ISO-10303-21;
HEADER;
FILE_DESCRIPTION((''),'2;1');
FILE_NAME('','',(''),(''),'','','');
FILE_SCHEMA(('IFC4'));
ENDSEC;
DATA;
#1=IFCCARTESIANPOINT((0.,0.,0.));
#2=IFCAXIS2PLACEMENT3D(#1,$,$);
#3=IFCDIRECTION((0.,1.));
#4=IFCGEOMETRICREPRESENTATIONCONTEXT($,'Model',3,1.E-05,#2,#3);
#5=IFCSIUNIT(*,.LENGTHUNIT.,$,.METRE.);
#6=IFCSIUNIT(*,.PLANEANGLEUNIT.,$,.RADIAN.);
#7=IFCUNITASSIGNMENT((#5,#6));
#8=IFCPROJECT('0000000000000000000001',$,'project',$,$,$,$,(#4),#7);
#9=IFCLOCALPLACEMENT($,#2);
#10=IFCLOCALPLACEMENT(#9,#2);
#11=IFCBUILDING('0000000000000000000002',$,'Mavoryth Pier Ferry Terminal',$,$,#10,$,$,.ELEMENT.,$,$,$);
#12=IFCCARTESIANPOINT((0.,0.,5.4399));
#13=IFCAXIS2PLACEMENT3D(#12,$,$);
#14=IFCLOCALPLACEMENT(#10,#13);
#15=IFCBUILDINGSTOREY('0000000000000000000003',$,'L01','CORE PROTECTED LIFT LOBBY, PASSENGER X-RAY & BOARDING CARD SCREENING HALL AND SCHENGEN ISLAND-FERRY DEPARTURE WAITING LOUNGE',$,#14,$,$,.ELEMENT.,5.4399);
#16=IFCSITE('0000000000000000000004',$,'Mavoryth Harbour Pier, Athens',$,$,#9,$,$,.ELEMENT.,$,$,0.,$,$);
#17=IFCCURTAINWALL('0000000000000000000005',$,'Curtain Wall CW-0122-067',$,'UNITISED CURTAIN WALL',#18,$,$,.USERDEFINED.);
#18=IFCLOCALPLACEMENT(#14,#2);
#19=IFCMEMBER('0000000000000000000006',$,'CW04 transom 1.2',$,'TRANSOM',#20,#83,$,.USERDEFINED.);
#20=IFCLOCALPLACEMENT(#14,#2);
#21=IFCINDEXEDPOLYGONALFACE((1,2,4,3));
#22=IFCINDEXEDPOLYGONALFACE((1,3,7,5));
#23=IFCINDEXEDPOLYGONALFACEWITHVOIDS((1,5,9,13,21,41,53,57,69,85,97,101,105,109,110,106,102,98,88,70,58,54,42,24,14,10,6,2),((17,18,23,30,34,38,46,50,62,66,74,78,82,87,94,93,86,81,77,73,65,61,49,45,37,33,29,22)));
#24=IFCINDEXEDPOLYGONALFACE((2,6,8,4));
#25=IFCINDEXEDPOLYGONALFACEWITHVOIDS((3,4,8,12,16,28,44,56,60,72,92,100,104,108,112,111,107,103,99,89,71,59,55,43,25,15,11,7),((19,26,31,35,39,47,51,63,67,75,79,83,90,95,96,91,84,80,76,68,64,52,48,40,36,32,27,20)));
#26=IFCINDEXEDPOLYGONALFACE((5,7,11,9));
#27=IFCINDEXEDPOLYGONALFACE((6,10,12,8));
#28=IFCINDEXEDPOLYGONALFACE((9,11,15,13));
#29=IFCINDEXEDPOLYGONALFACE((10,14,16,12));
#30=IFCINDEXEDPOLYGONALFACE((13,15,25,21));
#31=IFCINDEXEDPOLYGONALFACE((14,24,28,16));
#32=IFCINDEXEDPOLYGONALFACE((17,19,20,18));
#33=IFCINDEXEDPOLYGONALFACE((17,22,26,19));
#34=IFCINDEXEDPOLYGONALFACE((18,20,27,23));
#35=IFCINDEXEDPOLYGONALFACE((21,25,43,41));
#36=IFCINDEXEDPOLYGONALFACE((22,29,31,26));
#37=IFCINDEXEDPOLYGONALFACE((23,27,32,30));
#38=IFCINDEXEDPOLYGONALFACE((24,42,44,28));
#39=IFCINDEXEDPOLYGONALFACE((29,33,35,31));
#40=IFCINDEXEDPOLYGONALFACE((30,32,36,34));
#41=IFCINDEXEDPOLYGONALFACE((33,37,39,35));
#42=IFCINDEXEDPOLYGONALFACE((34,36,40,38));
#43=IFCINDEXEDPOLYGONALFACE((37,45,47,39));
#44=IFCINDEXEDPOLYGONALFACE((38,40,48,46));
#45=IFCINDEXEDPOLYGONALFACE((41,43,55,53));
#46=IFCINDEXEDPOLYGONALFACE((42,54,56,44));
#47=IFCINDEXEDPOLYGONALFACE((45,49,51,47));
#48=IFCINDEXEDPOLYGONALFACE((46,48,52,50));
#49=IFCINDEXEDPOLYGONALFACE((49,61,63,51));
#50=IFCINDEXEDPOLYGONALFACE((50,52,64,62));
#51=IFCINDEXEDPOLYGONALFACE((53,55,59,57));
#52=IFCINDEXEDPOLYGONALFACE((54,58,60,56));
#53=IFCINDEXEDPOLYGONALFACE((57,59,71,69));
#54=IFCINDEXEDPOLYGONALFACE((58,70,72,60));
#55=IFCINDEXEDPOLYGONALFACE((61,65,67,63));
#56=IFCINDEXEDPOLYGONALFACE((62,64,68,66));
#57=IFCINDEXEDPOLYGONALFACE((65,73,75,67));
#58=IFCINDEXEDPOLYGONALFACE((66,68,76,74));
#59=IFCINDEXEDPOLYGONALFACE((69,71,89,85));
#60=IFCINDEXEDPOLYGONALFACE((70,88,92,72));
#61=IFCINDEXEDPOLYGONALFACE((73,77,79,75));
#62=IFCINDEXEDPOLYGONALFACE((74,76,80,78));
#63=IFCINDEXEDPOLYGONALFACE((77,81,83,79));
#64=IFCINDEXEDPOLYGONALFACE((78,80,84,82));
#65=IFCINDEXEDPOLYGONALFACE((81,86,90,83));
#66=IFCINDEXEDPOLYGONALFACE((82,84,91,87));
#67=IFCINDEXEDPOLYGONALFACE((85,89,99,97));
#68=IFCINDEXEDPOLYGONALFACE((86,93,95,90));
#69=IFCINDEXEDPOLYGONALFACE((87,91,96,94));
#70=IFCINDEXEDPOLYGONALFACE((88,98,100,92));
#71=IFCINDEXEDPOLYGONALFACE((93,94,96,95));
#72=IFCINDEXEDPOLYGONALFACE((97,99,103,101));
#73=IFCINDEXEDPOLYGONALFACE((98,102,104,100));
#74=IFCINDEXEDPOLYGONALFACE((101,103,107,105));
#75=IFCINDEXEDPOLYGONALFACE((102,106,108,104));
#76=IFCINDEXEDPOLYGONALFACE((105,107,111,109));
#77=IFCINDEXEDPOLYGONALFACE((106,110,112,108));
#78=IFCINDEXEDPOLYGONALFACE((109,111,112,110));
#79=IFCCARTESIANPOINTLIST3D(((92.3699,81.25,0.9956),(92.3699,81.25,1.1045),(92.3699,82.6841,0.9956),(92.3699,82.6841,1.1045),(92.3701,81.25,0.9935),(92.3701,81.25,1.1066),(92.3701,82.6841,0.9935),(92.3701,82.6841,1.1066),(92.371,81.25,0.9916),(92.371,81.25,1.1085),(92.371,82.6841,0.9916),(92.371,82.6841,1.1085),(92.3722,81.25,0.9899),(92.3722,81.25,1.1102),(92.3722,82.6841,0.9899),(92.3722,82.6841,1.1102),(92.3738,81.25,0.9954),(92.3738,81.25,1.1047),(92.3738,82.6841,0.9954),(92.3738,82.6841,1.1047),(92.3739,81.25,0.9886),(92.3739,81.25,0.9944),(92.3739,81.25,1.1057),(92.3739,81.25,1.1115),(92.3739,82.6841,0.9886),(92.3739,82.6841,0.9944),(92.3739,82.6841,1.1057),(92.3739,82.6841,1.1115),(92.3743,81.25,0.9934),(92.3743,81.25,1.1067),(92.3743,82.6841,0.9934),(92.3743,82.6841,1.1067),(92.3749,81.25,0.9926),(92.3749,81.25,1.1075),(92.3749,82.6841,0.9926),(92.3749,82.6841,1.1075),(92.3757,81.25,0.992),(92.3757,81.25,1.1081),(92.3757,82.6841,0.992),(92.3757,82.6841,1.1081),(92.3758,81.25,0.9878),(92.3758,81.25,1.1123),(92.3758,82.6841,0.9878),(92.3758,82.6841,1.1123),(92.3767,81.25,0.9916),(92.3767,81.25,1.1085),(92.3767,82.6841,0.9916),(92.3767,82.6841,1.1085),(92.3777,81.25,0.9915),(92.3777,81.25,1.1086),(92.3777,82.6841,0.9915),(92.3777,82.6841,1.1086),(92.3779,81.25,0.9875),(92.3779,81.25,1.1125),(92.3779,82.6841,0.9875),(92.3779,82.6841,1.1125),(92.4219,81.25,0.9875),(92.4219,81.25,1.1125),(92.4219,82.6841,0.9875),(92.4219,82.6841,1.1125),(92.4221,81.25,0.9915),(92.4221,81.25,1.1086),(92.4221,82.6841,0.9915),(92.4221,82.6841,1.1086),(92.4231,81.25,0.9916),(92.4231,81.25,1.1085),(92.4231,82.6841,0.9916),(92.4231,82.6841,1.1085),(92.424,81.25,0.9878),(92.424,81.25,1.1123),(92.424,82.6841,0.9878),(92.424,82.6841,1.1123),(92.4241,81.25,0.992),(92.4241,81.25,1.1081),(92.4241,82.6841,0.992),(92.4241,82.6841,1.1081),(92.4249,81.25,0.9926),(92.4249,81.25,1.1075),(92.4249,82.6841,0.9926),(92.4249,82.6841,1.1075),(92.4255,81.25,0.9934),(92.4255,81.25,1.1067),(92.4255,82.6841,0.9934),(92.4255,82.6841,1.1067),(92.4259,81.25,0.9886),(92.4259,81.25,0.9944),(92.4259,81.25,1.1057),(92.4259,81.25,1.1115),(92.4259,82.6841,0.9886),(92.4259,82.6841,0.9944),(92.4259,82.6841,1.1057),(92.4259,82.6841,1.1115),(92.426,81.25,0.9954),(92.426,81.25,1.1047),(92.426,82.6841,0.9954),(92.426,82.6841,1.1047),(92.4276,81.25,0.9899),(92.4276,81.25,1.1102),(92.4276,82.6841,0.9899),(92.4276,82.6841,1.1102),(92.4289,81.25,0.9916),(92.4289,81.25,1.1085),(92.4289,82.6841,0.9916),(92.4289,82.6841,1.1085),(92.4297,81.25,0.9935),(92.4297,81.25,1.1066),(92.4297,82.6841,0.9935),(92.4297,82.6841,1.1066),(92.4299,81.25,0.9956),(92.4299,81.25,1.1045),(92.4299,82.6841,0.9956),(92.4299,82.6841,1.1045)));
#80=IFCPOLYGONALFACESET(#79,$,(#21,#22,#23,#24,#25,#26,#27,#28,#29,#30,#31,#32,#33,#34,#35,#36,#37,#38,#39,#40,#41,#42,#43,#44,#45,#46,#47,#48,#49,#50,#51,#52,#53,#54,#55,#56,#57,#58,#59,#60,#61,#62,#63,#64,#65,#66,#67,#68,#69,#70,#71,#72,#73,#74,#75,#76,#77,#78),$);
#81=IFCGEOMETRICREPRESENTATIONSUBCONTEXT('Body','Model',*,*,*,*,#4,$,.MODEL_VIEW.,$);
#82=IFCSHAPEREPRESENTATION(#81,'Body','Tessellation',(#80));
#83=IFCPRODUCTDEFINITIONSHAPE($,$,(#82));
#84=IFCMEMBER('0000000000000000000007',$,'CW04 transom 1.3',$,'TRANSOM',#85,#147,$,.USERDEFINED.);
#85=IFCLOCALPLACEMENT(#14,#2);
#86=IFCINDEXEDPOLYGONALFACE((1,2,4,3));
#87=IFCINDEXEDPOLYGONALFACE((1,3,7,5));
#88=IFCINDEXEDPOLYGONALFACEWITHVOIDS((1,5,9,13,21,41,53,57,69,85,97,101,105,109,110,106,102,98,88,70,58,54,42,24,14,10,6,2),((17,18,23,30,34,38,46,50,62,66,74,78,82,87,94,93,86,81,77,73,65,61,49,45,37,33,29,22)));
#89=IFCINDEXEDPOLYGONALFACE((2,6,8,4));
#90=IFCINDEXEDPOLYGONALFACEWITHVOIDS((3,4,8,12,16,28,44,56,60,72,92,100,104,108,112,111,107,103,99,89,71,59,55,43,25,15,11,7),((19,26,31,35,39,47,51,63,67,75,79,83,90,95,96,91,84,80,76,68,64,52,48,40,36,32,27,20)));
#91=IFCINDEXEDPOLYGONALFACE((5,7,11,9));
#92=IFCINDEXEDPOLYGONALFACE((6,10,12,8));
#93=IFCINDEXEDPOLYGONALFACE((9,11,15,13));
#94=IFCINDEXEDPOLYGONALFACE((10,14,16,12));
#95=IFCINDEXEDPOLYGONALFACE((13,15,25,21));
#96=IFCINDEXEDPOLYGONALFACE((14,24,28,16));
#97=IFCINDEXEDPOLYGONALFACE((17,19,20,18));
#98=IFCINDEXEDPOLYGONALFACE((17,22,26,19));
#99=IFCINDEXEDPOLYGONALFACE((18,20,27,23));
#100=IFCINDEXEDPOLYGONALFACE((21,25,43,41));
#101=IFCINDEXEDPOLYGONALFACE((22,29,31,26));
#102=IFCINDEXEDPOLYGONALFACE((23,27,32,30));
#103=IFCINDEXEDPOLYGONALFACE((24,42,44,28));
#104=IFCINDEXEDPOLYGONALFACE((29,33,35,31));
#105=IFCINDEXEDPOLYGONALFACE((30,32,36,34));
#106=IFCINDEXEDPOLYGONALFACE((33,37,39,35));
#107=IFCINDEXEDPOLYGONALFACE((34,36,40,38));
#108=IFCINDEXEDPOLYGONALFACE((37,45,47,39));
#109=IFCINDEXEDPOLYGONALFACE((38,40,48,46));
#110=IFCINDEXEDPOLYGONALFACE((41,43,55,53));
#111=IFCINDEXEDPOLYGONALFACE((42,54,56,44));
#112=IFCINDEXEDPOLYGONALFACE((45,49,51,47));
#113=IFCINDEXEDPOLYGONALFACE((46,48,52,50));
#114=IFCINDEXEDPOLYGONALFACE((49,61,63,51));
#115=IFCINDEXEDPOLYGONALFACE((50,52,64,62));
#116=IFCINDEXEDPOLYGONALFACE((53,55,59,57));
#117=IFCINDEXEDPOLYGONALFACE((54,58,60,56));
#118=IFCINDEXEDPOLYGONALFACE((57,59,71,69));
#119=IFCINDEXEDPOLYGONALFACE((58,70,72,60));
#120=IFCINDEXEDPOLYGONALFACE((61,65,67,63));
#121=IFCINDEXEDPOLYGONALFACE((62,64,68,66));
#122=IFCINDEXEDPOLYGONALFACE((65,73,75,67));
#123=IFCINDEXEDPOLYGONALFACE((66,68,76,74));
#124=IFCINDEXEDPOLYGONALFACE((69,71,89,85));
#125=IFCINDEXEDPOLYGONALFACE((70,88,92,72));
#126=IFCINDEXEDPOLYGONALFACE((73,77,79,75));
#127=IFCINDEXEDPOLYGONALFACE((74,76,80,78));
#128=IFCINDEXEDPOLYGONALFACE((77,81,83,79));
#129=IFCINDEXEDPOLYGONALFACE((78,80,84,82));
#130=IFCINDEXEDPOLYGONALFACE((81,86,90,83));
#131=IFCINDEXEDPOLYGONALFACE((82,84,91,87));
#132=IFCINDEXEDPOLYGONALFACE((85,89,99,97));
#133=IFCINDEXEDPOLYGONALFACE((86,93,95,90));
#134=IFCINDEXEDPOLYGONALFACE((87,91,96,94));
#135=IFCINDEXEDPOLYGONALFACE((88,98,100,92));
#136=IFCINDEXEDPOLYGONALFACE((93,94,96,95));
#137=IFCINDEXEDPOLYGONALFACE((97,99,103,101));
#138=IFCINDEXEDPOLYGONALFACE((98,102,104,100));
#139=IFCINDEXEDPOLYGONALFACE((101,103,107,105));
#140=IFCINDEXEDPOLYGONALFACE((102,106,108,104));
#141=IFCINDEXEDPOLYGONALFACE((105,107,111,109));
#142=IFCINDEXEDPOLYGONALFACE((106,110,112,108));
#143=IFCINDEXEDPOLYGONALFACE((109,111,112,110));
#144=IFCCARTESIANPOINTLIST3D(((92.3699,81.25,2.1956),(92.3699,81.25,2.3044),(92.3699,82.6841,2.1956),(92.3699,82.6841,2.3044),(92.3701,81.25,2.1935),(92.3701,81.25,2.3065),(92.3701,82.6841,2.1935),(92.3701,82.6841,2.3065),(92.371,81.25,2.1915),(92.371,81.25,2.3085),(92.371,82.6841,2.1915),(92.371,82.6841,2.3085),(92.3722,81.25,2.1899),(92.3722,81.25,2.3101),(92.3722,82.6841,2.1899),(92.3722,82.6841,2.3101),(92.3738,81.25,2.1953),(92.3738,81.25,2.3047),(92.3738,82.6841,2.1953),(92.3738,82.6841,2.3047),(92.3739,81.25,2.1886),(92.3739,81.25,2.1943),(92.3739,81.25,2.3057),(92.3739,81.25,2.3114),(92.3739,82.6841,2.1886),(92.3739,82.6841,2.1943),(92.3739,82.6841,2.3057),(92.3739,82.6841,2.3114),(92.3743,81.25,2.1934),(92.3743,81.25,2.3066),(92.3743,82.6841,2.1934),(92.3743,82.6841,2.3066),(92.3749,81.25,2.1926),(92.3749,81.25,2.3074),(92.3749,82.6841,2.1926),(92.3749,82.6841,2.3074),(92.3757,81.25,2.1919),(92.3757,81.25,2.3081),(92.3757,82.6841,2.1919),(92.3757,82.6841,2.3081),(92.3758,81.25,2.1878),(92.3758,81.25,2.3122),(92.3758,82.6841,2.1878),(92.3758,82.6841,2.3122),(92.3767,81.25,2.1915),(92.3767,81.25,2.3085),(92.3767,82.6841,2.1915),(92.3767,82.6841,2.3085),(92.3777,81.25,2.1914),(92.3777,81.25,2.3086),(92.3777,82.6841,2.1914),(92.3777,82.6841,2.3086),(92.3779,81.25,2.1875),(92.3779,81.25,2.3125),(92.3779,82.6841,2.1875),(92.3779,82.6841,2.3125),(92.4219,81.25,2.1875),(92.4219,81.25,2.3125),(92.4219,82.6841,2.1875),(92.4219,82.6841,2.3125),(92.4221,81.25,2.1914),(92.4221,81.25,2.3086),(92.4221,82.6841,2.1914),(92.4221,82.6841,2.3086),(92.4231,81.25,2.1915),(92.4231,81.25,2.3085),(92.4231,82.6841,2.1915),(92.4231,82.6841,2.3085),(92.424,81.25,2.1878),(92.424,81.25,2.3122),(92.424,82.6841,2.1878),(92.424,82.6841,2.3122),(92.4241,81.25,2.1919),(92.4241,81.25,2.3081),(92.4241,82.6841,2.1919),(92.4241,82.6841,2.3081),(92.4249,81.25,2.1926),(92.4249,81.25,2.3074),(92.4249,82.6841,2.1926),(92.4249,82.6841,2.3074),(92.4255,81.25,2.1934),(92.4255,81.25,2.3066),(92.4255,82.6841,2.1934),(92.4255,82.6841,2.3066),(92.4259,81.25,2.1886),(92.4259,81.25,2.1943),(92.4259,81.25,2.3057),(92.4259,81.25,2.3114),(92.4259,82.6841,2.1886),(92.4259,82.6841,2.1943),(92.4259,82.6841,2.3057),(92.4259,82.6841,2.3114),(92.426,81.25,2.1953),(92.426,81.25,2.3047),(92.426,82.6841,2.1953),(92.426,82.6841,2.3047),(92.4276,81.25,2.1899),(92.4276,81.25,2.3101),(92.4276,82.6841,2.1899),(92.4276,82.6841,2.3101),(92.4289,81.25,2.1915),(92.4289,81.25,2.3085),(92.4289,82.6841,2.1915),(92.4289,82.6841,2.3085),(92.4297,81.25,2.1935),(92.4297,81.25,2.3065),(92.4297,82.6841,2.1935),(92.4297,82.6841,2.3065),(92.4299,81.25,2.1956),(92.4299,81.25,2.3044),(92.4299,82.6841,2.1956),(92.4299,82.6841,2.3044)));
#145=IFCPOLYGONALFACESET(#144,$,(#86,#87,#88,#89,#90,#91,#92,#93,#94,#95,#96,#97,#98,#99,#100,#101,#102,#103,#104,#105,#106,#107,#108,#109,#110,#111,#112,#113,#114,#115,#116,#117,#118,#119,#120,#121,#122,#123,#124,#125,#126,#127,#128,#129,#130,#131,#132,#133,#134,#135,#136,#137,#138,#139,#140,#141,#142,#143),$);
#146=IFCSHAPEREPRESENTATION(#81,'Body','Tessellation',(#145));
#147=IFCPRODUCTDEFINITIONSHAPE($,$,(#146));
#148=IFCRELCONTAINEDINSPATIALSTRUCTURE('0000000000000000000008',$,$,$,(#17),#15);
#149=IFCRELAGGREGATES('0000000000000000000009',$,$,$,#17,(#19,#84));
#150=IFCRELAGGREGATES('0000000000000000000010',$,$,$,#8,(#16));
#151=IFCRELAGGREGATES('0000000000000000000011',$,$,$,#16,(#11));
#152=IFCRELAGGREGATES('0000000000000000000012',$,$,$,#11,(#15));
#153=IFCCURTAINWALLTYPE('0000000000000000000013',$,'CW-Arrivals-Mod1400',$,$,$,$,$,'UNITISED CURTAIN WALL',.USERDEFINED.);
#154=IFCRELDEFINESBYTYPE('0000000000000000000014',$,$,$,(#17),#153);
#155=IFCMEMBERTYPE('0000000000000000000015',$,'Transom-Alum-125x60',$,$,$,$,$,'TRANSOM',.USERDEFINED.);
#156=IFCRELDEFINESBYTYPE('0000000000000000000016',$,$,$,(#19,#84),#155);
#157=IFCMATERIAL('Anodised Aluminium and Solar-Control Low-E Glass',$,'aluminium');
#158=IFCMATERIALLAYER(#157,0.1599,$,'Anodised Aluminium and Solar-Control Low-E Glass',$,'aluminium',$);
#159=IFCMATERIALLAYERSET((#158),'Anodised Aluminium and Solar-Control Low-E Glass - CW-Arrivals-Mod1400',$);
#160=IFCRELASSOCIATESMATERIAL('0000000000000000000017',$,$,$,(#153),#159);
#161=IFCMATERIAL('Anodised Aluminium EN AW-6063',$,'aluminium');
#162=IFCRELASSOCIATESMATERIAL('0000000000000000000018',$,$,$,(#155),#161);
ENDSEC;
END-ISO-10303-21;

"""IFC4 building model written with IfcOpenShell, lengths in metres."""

from ifc_helpers import new_model, si_unit, direction, frame, origin, origin_2d, place, context, subcontext, project, spatial, hollow_rectangle, extrude, material, layer, layer_set, material_profile, profile_set, type_object, element, aggregate, save


model = new_model("IFC4")

# Units and contexts
model_context = context("Model", 3, precision=1e-05, world=origin(), true_north=direction((0.0, 1.0)))
body_context = subcontext(model_context, "Body", "Model", "MODEL_VIEW")
ifc_project = project(units=[si_unit("LENGTHUNIT", "METRE"), si_unit("PLANEANGLEUNIT", "RADIAN")], contexts=[model_context])

# Site, building, storey
site_placement = place(None, origin())
site = spatial("IfcSite", under=ifc_project, at=site_placement, Name="Mavoryth Harbour Pier, Athens", CompositionType="ELEMENT", RefElevation=0.0)
building_placement = place(site_placement, origin())
building = spatial("IfcBuilding", under=site, at=building_placement, Name="Mavoryth Pier Ferry Terminal", CompositionType="ELEMENT")
storey_placement = place(building_placement, frame((0.0, 0.0, 5.4399)))
storey = spatial("IfcBuildingStorey", under=building, at=storey_placement, Name="L01", Description="CORE PROTECTED LIFT LOBBY, PASSENGER X-RAY & BOARDING CARD SCREENING HALL AND SCHENGEN ISLAND-FERRY DEPARTURE WAITING LOUNGE", CompositionType="ELEMENT", Elevation=5.4399)

# Shared definitions
ifc_material_1 = material(Name="Anodised Aluminium and Solar-Control Low-E Glass", Category="aluminium")
ifc_layer_1 = layer(ifc_material_1, 0.1599, Name="Anodised Aluminium and Solar-Control Low-E Glass", Category="aluminium")
ifc_layer_set_1 = layer_set([ifc_layer_1], Name="Anodised Aluminium and Solar-Control Low-E Glass - CW-Arrivals-Mod1400")
curtain_wall_type = type_object("IfcCurtainWallType", Name="CW-Arrivals-Mod1400", ElementType="UNITISED CURTAIN WALL", PredefinedType="USERDEFINED", material=ifc_layer_set_1)
ifc_material_2 = material(Name="Anodised Aluminium EN AW-6063", Category="aluminium")

# Curtain wall
curtain_wall_1_placement = place(storey_placement, origin())
curtain_wall_1 = element("IfcCurtainWall", 1, at=curtain_wall_1_placement, inside=storey, type_object=curtain_wall_type, Name="Curtain Wall CW-0122-067", ObjectType="UNITISED CURTAIN WALL", PredefinedType="USERDEFINED")

# Members
ifc_material_profile_1 = material_profile(ifc_material_2, hollow_rectangle(XDim=0.0601, YDim=0.125, WallThickness=0.0039, InnerFilletRadius=0.0039, OuterFilletRadius=0.0081, at=origin_2d()), Name="AL-TRAN 125x60x4", Category="aluminium")
ifc_profile_set_1 = profile_set([ifc_material_profile_1], Name="Anodised Aluminium EN AW-6063 - AL-TRAN 125x60x4")
member_type_1 = type_object("IfcMemberType", Name="Transom-Alum-125x60", ElementType="TRANSOM", PredefinedType="USERDEFINED", material=ifc_profile_set_1)
member_1_placement = place(storey_placement, frame((92.3999, 81.25, 1.05), z_axis=(0.0, 1.0, 0.0), x_axis=(-1.0, 0.0, 0.0)))
member_1 = element("IfcMember", 2, at=member_1_placement, type_object=member_type_1, Name="CW04 transom 1.2", ObjectType="TRANSOM", PredefinedType="USERDEFINED", context=body_context, shape_type="SweptSolid", body=[
    extrude(hollow_rectangle(XDim=0.0601, YDim=0.125, WallThickness=0.0039, InnerFilletRadius=0.0039, OuterFilletRadius=0.0081, at=origin_2d()), origin(), (0.0, 0.0, 1.0), 1.4341),
])
member_2_placement = place(storey_placement, frame((92.3999, 81.25, 2.25), z_axis=(0.0, 1.0, 0.0), x_axis=(-1.0, 0.0, 0.0)))
member_2 = element("IfcMember", 3, at=member_2_placement, type_object=member_type_1, Name="CW04 transom 1.3", ObjectType="TRANSOM", PredefinedType="USERDEFINED", context=body_context, shape_type="SweptSolid", body=[
    extrude(hollow_rectangle(XDim=0.0601, YDim=0.125, WallThickness=0.0039, InnerFilletRadius=0.0039, OuterFilletRadius=0.0081, at=origin_2d()), origin(), (0.0, 0.0, 1.0), 1.4341),
])

aggregate(curtain_wall_1, [member_1, member_2])

save(model, "model.ifc")
